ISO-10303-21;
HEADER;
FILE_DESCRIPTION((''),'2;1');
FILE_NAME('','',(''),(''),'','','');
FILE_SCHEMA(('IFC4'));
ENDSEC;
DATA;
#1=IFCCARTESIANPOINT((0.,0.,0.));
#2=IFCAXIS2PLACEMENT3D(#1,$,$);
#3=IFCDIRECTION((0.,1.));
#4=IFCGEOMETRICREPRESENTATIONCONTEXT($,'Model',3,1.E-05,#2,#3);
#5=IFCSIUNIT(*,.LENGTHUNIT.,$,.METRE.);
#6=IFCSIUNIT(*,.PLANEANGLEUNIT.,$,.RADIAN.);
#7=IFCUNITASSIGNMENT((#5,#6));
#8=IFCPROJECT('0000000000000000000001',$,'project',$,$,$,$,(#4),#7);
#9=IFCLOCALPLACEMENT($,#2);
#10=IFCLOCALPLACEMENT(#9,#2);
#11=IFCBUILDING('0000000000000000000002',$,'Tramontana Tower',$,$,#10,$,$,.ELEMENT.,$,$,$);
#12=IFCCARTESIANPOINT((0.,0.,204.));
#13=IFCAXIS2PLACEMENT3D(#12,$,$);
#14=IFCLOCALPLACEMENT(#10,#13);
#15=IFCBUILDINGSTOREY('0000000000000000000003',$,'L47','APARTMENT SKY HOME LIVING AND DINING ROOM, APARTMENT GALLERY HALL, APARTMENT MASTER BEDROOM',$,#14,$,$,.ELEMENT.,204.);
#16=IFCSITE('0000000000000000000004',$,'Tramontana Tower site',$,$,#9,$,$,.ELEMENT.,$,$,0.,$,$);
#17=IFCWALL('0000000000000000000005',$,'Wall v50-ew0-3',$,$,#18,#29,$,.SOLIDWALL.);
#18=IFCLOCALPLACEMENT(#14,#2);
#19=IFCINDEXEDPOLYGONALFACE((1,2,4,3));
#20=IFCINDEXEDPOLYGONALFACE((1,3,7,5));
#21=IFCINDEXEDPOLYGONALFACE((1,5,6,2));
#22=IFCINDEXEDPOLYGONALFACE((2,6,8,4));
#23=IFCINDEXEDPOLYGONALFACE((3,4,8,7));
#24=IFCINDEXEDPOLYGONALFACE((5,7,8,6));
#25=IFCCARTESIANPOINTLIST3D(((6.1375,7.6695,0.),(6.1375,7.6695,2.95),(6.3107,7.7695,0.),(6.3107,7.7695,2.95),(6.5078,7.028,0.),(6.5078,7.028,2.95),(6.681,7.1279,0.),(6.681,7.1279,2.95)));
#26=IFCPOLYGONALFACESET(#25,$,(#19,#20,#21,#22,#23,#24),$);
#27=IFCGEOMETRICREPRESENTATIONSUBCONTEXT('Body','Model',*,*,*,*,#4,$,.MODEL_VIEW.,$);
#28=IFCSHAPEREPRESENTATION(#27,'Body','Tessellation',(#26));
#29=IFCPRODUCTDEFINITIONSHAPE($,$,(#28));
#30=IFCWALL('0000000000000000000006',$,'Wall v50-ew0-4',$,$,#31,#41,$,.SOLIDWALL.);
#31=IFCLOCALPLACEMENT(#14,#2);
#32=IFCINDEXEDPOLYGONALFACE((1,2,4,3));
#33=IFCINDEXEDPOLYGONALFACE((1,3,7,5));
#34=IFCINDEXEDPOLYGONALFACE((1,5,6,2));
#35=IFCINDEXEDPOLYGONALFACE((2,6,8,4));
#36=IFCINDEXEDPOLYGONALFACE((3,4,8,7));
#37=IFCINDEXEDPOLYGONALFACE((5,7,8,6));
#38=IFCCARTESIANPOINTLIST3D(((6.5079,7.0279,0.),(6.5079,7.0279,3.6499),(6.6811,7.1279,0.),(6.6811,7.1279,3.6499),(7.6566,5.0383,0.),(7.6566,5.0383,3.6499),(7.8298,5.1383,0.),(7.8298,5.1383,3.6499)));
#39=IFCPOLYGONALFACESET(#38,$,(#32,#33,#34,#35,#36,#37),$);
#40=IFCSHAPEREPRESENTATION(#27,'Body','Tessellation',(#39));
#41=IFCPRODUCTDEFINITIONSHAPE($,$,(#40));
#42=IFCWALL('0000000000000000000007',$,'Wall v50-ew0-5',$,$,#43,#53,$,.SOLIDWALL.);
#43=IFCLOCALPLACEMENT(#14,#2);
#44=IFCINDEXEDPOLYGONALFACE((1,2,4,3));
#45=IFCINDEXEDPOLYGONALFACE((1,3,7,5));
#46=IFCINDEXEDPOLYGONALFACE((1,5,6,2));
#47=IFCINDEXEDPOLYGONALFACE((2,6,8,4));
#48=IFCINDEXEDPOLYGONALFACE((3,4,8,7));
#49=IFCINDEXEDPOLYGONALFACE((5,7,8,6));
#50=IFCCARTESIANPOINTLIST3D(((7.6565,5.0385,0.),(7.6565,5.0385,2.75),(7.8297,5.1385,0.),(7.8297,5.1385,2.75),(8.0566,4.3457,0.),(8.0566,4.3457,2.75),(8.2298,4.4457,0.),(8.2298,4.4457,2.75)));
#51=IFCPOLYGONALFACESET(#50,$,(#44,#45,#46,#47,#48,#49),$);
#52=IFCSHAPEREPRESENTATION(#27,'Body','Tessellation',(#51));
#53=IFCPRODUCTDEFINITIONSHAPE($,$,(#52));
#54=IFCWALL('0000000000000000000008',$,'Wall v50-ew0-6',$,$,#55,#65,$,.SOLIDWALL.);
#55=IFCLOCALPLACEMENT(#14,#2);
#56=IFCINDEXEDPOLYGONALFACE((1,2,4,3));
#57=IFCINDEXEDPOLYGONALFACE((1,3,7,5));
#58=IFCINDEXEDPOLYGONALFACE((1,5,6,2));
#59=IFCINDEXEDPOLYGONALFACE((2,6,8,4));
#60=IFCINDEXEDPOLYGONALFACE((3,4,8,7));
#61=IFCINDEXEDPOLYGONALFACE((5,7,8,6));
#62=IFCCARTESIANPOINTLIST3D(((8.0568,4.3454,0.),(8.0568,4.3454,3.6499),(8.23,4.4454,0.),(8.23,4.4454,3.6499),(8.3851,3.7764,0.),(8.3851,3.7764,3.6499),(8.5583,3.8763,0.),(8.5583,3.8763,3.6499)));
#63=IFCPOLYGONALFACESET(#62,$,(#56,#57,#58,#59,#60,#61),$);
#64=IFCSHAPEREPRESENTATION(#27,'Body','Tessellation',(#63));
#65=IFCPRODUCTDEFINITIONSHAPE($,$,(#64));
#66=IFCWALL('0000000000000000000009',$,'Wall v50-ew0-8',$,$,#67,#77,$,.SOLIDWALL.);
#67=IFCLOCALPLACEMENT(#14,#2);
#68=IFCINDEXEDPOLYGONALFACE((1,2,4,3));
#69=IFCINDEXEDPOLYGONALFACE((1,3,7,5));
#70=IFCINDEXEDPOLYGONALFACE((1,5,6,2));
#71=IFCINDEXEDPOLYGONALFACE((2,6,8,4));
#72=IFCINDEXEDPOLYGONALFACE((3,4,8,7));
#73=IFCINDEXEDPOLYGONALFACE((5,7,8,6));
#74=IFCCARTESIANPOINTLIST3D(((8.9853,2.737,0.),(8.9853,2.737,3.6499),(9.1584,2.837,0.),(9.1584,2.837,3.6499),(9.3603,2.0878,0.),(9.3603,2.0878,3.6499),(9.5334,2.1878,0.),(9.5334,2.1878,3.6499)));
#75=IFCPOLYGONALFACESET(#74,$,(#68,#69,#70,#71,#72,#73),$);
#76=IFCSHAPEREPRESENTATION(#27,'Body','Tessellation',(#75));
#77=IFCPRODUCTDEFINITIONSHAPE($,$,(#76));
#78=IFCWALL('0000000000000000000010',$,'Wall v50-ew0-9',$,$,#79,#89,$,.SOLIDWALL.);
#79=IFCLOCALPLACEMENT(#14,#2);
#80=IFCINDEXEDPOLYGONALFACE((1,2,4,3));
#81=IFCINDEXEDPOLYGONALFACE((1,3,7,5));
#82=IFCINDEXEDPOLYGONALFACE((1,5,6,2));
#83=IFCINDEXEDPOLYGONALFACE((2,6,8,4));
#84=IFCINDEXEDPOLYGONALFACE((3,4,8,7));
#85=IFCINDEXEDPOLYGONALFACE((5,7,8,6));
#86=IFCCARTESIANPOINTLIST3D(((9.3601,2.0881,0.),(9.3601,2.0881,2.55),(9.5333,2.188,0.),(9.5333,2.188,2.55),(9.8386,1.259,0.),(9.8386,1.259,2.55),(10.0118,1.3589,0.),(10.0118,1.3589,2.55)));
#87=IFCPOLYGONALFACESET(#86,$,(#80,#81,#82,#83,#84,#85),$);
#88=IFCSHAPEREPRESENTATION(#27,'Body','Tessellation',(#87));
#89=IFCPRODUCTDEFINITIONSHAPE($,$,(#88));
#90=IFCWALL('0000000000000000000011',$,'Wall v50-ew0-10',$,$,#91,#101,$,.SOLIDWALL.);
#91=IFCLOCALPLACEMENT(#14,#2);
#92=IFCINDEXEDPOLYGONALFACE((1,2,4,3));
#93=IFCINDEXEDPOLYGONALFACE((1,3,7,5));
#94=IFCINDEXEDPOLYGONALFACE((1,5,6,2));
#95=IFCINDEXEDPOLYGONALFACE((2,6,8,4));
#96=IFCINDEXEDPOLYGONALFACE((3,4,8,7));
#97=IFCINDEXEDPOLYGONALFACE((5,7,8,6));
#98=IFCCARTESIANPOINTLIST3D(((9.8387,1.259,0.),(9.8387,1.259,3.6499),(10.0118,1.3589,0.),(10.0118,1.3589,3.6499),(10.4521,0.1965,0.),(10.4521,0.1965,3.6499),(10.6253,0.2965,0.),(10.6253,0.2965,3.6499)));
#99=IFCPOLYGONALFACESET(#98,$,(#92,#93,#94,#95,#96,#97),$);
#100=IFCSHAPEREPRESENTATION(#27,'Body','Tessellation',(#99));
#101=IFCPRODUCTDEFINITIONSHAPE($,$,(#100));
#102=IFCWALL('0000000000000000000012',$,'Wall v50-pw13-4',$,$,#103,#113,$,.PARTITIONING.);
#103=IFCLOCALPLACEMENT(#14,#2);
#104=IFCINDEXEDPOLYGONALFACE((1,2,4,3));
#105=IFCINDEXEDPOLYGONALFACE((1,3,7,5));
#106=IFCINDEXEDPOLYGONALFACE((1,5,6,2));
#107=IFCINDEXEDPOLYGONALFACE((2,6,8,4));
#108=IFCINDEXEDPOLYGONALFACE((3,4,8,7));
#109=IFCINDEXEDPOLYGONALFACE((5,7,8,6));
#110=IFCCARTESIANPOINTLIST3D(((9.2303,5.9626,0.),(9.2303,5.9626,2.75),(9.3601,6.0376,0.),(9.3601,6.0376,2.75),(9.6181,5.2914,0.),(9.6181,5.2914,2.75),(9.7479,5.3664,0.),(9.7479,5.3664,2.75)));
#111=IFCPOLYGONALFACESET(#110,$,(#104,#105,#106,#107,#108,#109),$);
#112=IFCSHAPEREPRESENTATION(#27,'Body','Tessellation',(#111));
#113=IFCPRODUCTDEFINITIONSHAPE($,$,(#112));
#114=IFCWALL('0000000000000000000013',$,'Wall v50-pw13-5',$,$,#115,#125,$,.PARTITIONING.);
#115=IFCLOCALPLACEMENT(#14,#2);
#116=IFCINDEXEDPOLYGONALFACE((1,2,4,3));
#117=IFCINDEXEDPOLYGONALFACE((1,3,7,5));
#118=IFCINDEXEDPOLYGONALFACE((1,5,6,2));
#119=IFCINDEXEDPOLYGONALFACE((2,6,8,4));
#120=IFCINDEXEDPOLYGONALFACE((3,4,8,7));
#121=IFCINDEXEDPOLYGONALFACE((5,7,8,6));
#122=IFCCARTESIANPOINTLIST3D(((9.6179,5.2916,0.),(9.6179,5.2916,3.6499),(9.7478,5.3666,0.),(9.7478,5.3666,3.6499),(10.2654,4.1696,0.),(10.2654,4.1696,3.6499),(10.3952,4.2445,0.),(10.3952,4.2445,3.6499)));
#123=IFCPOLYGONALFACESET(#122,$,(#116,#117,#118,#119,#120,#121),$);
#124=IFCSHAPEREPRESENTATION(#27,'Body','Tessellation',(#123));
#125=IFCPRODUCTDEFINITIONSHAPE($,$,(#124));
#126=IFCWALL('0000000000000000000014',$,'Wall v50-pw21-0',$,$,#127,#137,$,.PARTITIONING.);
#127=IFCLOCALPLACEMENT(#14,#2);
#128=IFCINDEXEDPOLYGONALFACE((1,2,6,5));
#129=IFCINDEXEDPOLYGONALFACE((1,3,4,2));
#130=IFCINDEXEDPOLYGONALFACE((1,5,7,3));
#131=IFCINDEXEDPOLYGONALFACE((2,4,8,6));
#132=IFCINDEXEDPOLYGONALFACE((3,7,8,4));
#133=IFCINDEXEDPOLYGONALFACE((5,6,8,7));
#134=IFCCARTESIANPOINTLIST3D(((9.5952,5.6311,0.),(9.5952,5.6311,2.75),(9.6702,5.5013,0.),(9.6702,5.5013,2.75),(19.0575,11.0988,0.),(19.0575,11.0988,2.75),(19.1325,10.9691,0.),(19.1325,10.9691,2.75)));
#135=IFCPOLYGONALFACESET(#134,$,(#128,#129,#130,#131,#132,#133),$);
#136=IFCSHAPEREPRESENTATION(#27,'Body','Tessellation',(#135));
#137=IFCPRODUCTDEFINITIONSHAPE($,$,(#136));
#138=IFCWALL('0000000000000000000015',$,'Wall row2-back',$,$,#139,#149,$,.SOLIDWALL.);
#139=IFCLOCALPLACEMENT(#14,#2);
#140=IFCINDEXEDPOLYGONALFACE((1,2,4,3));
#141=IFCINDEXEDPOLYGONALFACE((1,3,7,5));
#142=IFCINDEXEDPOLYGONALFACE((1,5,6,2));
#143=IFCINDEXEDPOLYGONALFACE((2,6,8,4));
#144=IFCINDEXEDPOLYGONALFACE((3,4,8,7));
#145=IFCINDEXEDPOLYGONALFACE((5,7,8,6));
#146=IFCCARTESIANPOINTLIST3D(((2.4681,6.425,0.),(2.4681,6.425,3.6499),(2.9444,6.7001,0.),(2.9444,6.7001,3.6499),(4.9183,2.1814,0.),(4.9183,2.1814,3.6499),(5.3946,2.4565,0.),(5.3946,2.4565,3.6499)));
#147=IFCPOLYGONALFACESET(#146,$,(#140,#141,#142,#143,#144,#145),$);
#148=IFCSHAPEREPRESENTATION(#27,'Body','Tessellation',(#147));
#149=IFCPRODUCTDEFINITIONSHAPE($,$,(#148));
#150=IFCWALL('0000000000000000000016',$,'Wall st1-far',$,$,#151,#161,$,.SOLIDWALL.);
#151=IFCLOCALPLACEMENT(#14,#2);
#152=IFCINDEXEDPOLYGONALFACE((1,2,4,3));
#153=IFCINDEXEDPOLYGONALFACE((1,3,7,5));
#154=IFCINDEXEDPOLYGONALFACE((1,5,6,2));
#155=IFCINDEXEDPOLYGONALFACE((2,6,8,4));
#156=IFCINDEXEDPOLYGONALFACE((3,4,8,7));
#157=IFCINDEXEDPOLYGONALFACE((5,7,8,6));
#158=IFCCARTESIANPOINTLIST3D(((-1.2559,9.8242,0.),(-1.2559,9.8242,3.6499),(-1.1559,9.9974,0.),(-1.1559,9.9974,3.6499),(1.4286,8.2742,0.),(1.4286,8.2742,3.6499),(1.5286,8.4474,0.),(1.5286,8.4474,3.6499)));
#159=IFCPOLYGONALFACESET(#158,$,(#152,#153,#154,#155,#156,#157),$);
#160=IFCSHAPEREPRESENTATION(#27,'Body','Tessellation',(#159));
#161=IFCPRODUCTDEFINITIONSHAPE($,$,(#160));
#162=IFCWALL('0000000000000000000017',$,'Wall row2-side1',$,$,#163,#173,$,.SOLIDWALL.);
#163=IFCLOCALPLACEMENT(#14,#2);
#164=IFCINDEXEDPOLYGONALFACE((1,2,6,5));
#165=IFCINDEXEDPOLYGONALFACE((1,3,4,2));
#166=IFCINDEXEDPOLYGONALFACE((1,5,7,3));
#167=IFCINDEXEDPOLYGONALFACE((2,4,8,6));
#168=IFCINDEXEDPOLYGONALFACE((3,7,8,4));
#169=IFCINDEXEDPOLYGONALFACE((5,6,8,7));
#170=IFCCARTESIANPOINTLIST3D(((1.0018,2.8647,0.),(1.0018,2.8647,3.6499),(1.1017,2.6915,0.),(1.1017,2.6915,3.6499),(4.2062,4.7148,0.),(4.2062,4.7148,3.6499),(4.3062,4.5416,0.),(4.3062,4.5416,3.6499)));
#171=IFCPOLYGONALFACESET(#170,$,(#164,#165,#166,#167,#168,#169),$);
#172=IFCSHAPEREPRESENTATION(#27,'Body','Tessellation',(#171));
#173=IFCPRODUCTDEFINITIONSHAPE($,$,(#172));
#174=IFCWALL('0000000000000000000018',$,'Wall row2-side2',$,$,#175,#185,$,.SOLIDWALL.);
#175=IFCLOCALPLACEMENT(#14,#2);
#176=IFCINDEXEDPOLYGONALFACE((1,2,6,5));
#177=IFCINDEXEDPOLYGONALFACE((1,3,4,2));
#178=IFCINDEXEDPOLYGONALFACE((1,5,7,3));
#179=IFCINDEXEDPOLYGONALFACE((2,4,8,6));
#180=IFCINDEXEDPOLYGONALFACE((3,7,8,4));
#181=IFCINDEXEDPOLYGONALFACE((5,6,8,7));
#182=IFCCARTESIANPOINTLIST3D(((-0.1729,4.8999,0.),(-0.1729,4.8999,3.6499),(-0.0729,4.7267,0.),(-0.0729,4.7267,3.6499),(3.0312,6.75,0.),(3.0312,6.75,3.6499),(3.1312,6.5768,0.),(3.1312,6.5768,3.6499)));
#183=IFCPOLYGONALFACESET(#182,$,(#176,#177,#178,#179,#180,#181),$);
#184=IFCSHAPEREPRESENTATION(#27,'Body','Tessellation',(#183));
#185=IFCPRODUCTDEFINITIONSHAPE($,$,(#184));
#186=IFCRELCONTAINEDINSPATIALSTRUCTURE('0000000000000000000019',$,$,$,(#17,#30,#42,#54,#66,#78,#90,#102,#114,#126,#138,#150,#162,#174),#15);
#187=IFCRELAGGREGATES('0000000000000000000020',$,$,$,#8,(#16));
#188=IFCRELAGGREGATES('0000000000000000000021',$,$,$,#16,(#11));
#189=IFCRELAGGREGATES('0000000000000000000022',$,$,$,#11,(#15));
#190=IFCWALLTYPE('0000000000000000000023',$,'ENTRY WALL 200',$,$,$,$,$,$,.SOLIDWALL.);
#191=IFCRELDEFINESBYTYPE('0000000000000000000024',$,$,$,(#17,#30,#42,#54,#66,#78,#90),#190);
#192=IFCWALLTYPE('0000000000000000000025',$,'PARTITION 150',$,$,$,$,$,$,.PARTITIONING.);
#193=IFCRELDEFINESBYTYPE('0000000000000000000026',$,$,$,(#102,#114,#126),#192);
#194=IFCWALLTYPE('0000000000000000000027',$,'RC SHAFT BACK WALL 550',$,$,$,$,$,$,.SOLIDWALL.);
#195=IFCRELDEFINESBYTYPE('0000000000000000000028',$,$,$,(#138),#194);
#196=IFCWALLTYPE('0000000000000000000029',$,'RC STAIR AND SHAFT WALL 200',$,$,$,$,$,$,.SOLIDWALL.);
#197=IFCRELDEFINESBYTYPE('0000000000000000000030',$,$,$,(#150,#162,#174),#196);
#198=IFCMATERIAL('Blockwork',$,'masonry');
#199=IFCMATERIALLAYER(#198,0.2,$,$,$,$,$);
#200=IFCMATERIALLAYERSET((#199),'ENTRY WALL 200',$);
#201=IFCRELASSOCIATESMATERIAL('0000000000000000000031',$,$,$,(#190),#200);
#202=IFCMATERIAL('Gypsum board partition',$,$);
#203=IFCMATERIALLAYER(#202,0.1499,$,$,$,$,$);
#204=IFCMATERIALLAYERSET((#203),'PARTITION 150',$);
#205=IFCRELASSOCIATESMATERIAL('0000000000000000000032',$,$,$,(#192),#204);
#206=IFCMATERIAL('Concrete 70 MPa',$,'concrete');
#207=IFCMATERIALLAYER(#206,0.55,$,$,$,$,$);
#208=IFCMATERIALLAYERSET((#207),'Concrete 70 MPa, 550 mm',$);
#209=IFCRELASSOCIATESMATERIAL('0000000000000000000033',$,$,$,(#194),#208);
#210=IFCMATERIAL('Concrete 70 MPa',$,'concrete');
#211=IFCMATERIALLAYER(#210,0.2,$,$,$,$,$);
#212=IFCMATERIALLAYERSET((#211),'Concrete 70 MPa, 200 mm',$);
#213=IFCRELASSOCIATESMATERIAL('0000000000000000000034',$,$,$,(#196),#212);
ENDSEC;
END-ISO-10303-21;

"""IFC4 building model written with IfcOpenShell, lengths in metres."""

from ifc_helpers import new_model, si_unit, direction, frame, frame_2d, origin, place, context, subcontext, project, spatial, rectangle, extrude, material, layer, layer_set, type_object, element, save


model = new_model("IFC4")

# Units and contexts
model_context = context("Model", 3, precision=1e-05, world=origin(), true_north=direction((0.0, 1.0)))
body_context = subcontext(model_context, "Body", "Model", "MODEL_VIEW")
ifc_project = project(units=[si_unit("LENGTHUNIT", "METRE"), si_unit("PLANEANGLEUNIT", "RADIAN")], contexts=[model_context])

# Site, building, storey
site_placement = place(None, origin())
site = spatial("IfcSite", under=ifc_project, at=site_placement, Name="Tramontana Tower site", CompositionType="ELEMENT", RefElevation=0.0)
building_placement = place(site_placement, origin())
building = spatial("IfcBuilding", under=site, at=building_placement, Name="Tramontana Tower", CompositionType="ELEMENT")
storey_placement = place(building_placement, frame((0.0, 0.0, 204.0)))
storey = spatial("IfcBuildingStorey", under=building, at=storey_placement, Name="L47", Description="APARTMENT SKY HOME LIVING AND DINING ROOM, APARTMENT GALLERY HALL, APARTMENT MASTER BEDROOM", CompositionType="ELEMENT", Elevation=204.0)

# Walls
ifc_material_1 = material(Name="Blockwork", Category="masonry")
ifc_layer_1 = layer(ifc_material_1, 0.2)
ifc_layer_set_1 = layer_set([ifc_layer_1], Name="ENTRY WALL 200")
wall_type_1 = type_object("IfcWallType", Name="ENTRY WALL 200", PredefinedType="SOLIDWALL", material=ifc_layer_set_1)
wall_1_placement = place(storey_placement, frame((6.2241, 7.7195, 0.0), z_axis=(0.0, 0.0, 1.0), x_axis=(0.499932, -0.866065, 0.0)))
element("IfcWall", 1, at=wall_1_placement, inside=storey, type_object=wall_type_1, Name="Wall v50-ew0-3", PredefinedType="SOLIDWALL", context=body_context, shape_type="SweptSolid", body=[
    extrude(rectangle(XDim=0.7407, YDim=0.2, at=frame_2d((0.3704, 0.0))), origin(), (0.0, 0.0, 1.0), 2.95),
])
wall_2_placement = place(storey_placement, frame((6.5945, 7.0779, 0.0), z_axis=(0.0, 0.0, 1.0), x_axis=(0.500014, -0.866017, 0.0)))
element("IfcWall", 2, at=wall_2_placement, inside=storey, type_object=wall_type_1, Name="Wall v50-ew0-4", PredefinedType="SOLIDWALL", context=body_context, shape_type="SweptSolid", body=[
    extrude(rectangle(XDim=2.2974, YDim=0.2, at=frame_2d((1.1487, 0.0))), origin(), (0.0, 0.0, 1.0), 3.6499),
])
wall_3_placement = place(storey_placement, frame((7.7432, 5.0884, 0.0), z_axis=(0.0, 0.0, 1.0), x_axis=(0.50011, -0.865962, 0.0)))
element("IfcWall", 3, at=wall_3_placement, inside=storey, type_object=wall_type_1, Name="Wall v50-ew0-5", PredefinedType="SOLIDWALL", context=body_context, shape_type="SweptSolid", body=[
    extrude(rectangle(XDim=0.8, YDim=0.2, at=frame_2d((0.3999, 0.0))), origin(), (0.0, 0.0, 1.0), 2.75),
])
wall_4_placement = place(storey_placement, frame((8.1433, 4.3955, 0.0), z_axis=(0.0, 0.0, 1.0), x_axis=(0.499776, -0.866155, 0.0)))
element("IfcWall", 4, at=wall_4_placement, inside=storey, type_object=wall_type_1, Name="Wall v50-ew0-6", PredefinedType="SOLIDWALL", context=body_context, shape_type="SweptSolid", body=[
    extrude(rectangle(XDim=0.657, YDim=0.2, at=frame_2d((0.3286, 0.0))), origin(), (0.0, 0.0, 1.0), 3.6499),
])

# Walls
wall_5_placement = place(storey_placement, frame((9.0718, 2.7871, 0.0), z_axis=(0.0, 0.0, 1.0), x_axis=(0.500202, -0.865909, 0.0)))
element("IfcWall", 5, at=wall_5_placement, inside=storey, type_object=wall_type_1, Name="Wall v50-ew0-8", PredefinedType="SOLIDWALL", context=body_context, shape_type="SweptSolid", body=[
    extrude(rectangle(XDim=0.7498, YDim=0.2, at=frame_2d((0.375, 0.0))), origin(), (0.0, 0.0, 1.0), 3.6499),
])
wall_6_placement = place(storey_placement, frame((9.4468, 2.1379, 0.0), z_axis=(0.0, 0.0, 1.0), x_axis=(0.49987, -0.866101, 0.0)))
element("IfcWall", 6, at=wall_6_placement, inside=storey, type_object=wall_type_1, Name="Wall v50-ew0-9", PredefinedType="SOLIDWALL", context=body_context, shape_type="SweptSolid", body=[
    extrude(rectangle(XDim=0.9573, YDim=0.2, at=frame_2d((0.4785, 0.0))), origin(), (0.0, 0.0, 1.0), 2.55),
])
wall_7_placement = place(storey_placement, frame((9.9253, 1.3088, 0.0), z_axis=(0.0, 0.0, 1.0), x_axis=(0.500055, -0.865993, 0.0)))
element("IfcWall", 7, at=wall_7_placement, inside=storey, type_object=wall_type_1, Name="Wall v50-ew0-10", PredefinedType="SOLIDWALL", context=body_context, shape_type="SweptSolid", body=[
    extrude(rectangle(XDim=1.2268, YDim=0.2, at=frame_2d((0.6133, 0.0))), origin(), (0.0, 0.0, 1.0), 3.6499),
])
ifc_material_2 = material(Name="Gypsum board partition")
ifc_layer_2 = layer(ifc_material_2, 0.1499)
ifc_layer_set_2 = layer_set([ifc_layer_2], Name="PARTITION 150")
wall_type_2 = type_object("IfcWallType", Name="PARTITION 150", PredefinedType="PARTITIONING", material=ifc_layer_set_2)
wall_8_placement = place(storey_placement, frame((9.2952, 6.0002, 0.0), z_axis=(0.0, 0.0, 1.0), x_axis=(0.500204, -0.865908, 0.0)))
element("IfcWall", 8, at=wall_8_placement, inside=storey, type_object=wall_type_2, Name="Wall v50-pw13-4", PredefinedType="PARTITIONING", context=body_context, shape_type="SweptSolid", body=[
    extrude(rectangle(XDim=0.7751, YDim=0.1499, at=frame_2d((0.3877, 0.0))), origin(), (0.0, 0.0, 1.0), 2.75),
])
wall_9_placement = place(storey_placement, frame((9.6829, 5.3291, 0.0), z_axis=(0.0, 0.0, 1.0), x_axis=(0.499788, -0.866148, 0.0)))
element("IfcWall", 9, at=wall_9_placement, inside=storey, type_object=wall_type_2, Name="Wall v50-pw13-5", PredefinedType="PARTITIONING", context=body_context, shape_type="SweptSolid", body=[
    extrude(rectangle(XDim=1.2954, YDim=0.1499, at=frame_2d((0.6477, 0.0))), origin(), (0.0, 0.0, 1.0), 3.6499),
])
wall_10_placement = place(storey_placement, frame((9.6326, 5.5662, 0.0), z_axis=(0.0, 0.0, 1.0), x_axis=(0.865841, 0.500319, 0.0)))
element("IfcWall", 10, at=wall_10_placement, inside=storey, type_object=wall_type_2, Name="Wall v50-pw21-0", PredefinedType="PARTITIONING", context=body_context, shape_type="SweptSolid", body=[
    extrude(rectangle(XDim=10.9285, YDim=0.1499, at=frame_2d((5.4644, 0.0))), origin(), (0.0, 0.0, 1.0), 2.75),
])

# Walls
ifc_material_3 = material(Name="Concrete 70 MPa", Category="concrete")
ifc_layer_3 = layer(ifc_material_3, 0.55)
ifc_layer_set_3 = layer_set([ifc_layer_3], Name="Concrete 70 MPa, 550 mm")
wall_type_3 = type_object("IfcWallType", Name="RC SHAFT BACK WALL 550", PredefinedType="SOLIDWALL", material=ifc_layer_set_3)
wall_11_placement = place(storey_placement, frame((5.1565, 2.3188, 0.0), z_axis=(0.0, 0.0, 1.0), x_axis=(-0.500019, 0.866015, 0.0)))
element("IfcWall", 11, at=wall_11_placement, inside=storey, type_object=wall_type_3, Name="Wall row2-back", PredefinedType="SOLIDWALL", context=body_context, shape_type="SweptSolid", body=[
    extrude(rectangle(XDim=4.9001, YDim=0.55, at=frame_2d((2.4502, 0.0))), origin(), (0.0, 0.0, 1.0), 3.6499),
])
ifc_material_4 = material(Name="Concrete 70 MPa", Category="concrete")
ifc_layer_4 = layer(ifc_material_4, 0.2)
ifc_layer_set_4 = layer_set([ifc_layer_4], Name="Concrete 70 MPa, 200 mm")
wall_type_4 = type_object("IfcWallType", Name="RC STAIR AND SHAFT WALL 200", PredefinedType="SOLIDWALL", material=ifc_layer_set_4)
wall_12_placement = place(storey_placement, frame((1.4785, 8.3608, 0.0), z_axis=(0.0, 0.0, 1.0), x_axis=(-0.86601, 0.500027, 0.0)))
element("IfcWall", 12, at=wall_12_placement, inside=storey, type_object=wall_type_4, Name="Wall st1-far", PredefinedType="SOLIDWALL", context=body_context, shape_type="SweptSolid", body=[
    extrude(rectangle(XDim=3.0999, YDim=0.2, at=frame_2d((1.5498, 0.0))), origin(), (0.0, 0.0, 1.0), 3.6499),
])
wall_13_placement = place(storey_placement, frame((1.0518, 2.7781, 0.0), z_axis=(0.0, 0.0, 1.0), x_axis=(0.866017, 0.500014, 0.0)))
element("IfcWall", 13, at=wall_13_placement, inside=storey, type_object=wall_type_4, Name="Wall row2-side1", PredefinedType="SOLIDWALL", context=body_context, shape_type="SweptSolid", body=[
    extrude(rectangle(XDim=3.7002, YDim=0.2, at=frame_2d((1.8501, 0.0))), origin(), (0.0, 0.0, 1.0), 3.6499),
])
wall_14_placement = place(storey_placement, frame((-0.123, 4.8132, 0.0), z_axis=(0.0, 0.0, 1.0), x_axis=(0.866001, 0.500042, 0.0)))
element("IfcWall", 14, at=wall_14_placement, inside=storey, type_object=wall_type_4, Name="Wall row2-side2", PredefinedType="SOLIDWALL", context=body_context, shape_type="SweptSolid", body=[
    extrude(rectangle(XDim=3.7, YDim=0.2, at=frame_2d((1.8501, 0.0))), origin(), (0.0, 0.0, 1.0), 3.6499),
])

save(model, "model.ifc")
